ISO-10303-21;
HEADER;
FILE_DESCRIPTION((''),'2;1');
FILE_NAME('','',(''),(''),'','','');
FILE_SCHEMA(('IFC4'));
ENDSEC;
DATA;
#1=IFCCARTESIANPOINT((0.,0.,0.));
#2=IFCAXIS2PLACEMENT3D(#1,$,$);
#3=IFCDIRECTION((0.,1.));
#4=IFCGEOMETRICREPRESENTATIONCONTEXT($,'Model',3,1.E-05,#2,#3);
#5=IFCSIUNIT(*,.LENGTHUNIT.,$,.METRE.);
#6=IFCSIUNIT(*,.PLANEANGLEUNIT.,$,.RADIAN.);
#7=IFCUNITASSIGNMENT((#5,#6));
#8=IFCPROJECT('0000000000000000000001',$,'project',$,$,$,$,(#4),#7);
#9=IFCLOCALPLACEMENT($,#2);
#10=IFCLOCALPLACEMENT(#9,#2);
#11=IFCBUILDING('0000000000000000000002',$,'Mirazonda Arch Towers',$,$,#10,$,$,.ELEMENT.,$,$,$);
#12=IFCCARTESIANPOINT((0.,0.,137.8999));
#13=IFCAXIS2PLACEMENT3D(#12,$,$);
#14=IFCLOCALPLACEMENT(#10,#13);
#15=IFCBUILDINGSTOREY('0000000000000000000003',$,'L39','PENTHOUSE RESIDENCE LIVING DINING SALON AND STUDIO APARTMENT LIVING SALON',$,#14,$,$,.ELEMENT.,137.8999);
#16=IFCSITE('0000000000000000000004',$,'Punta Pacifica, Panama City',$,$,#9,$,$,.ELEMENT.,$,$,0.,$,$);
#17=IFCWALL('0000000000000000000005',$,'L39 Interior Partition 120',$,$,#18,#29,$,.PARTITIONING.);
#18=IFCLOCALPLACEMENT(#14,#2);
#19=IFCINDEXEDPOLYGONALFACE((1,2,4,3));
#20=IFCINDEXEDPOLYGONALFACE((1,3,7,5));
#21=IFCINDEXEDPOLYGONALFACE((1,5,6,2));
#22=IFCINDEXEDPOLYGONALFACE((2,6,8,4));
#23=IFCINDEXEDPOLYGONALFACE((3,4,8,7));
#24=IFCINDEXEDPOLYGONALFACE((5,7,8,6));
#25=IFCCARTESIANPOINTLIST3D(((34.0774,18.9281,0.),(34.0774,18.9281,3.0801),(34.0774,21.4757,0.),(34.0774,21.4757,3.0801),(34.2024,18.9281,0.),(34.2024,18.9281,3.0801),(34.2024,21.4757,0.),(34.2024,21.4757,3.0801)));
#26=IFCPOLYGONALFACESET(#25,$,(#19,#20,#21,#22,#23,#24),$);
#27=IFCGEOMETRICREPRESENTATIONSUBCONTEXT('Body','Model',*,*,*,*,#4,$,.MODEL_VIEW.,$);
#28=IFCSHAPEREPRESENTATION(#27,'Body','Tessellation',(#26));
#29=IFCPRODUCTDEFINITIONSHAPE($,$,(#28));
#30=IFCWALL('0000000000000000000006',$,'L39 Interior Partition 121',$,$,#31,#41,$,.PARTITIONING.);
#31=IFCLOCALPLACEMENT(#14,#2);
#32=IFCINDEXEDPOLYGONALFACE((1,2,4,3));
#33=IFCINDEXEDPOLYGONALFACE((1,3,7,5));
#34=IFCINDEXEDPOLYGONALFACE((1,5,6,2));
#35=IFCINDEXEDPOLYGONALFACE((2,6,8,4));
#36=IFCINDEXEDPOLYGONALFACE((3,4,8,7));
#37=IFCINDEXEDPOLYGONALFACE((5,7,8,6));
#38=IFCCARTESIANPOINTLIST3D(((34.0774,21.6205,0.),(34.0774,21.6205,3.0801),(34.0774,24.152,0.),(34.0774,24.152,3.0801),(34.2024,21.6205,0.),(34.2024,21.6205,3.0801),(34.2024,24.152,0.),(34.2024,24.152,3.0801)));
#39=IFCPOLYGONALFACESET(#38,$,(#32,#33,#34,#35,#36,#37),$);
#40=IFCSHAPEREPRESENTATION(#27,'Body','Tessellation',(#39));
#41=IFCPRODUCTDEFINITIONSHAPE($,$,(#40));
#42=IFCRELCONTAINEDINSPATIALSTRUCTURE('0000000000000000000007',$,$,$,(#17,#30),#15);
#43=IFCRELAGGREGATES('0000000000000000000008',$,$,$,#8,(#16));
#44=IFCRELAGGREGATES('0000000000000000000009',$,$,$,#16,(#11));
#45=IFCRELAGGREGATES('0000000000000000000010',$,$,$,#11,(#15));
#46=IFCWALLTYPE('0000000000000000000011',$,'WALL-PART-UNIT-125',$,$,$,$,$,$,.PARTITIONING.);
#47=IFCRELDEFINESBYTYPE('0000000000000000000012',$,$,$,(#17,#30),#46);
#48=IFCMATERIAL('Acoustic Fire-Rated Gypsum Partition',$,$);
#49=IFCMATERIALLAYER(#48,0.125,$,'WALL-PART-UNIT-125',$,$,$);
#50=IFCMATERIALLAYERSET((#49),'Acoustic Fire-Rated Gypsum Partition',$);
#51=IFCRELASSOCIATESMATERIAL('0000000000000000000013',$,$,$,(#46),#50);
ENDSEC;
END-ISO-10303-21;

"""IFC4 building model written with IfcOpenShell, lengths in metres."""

from ifc_helpers import new_model, si_unit, direction, frame, frame_2d, origin, place, context, subcontext, project, spatial, rectangle, extrude, material, layer, layer_set, type_object, element, save


model = new_model("IFC4")

# Units and contexts
model_context = context("Model", 3, precision=1e-05, world=origin(), true_north=direction((0.0, 1.0)))
body_context = subcontext(model_context, "Body", "Model", "MODEL_VIEW")
ifc_project = project(units=[si_unit("LENGTHUNIT", "METRE"), si_unit("PLANEANGLEUNIT", "RADIAN")], contexts=[model_context])

# Site, building, storey
site_placement = place(None, origin())
site = spatial("IfcSite", under=ifc_project, at=site_placement, Name="Punta Pacifica, Panama City", CompositionType="ELEMENT", RefElevation=0.0)
building_placement = place(site_placement, origin())
building = spatial("IfcBuilding", under=site, at=building_placement, Name="Mirazonda Arch Towers", CompositionType="ELEMENT")
storey_placement = place(building_placement, frame((0.0, 0.0, 137.8999)))
storey = spatial("IfcBuildingStorey", under=building, at=storey_placement, Name="L39", Description="PENTHOUSE RESIDENCE LIVING DINING SALON AND STUDIO APARTMENT LIVING SALON", CompositionType="ELEMENT", Elevation=137.8999)

# Walls
ifc_material_1 = material(Name="Acoustic Fire-Rated Gypsum Partition")
ifc_layer_1 = layer(ifc_material_1, 0.125, Name="WALL-PART-UNIT-125")
ifc_layer_set_1 = layer_set([ifc_layer_1], Name="Acoustic Fire-Rated Gypsum Partition")
wall_type_1 = type_object("IfcWallType", Name="WALL-PART-UNIT-125", PredefinedType="PARTITIONING", material=ifc_layer_set_1)
wall_1_placement = place(storey_placement, frame((34.1399, 18.928, 0.0), z_axis=(0.0, 0.0, 1.0), x_axis=(0.0, 1.0, 0.0)))
element("IfcWall", 1, at=wall_1_placement, inside=storey, type_object=wall_type_1, Name="L39 Interior Partition 120", PredefinedType="PARTITIONING", context=body_context, shape_type="SweptSolid", body=[
    extrude(rectangle(XDim=2.5476, YDim=0.125, at=frame_2d((1.2739, 0.0))), origin(), (0.0, 0.0, 1.0), 3.0801),
])
wall_2_placement = place(storey_placement, frame((34.1399, 21.6206, 0.0), z_axis=(0.0, 0.0, 1.0), x_axis=(0.0, 1.0, 0.0)))
element("IfcWall", 2, at=wall_2_placement, inside=storey, type_object=wall_type_1, Name="L39 Interior Partition 121", PredefinedType="PARTITIONING", context=body_context, shape_type="SweptSolid", body=[
    extrude(rectangle(XDim=2.5315, YDim=0.125, at=frame_2d((1.2656, 0.0))), origin(), (0.0, 0.0, 1.0), 3.0801),
])

save(model, "model.ifc")
